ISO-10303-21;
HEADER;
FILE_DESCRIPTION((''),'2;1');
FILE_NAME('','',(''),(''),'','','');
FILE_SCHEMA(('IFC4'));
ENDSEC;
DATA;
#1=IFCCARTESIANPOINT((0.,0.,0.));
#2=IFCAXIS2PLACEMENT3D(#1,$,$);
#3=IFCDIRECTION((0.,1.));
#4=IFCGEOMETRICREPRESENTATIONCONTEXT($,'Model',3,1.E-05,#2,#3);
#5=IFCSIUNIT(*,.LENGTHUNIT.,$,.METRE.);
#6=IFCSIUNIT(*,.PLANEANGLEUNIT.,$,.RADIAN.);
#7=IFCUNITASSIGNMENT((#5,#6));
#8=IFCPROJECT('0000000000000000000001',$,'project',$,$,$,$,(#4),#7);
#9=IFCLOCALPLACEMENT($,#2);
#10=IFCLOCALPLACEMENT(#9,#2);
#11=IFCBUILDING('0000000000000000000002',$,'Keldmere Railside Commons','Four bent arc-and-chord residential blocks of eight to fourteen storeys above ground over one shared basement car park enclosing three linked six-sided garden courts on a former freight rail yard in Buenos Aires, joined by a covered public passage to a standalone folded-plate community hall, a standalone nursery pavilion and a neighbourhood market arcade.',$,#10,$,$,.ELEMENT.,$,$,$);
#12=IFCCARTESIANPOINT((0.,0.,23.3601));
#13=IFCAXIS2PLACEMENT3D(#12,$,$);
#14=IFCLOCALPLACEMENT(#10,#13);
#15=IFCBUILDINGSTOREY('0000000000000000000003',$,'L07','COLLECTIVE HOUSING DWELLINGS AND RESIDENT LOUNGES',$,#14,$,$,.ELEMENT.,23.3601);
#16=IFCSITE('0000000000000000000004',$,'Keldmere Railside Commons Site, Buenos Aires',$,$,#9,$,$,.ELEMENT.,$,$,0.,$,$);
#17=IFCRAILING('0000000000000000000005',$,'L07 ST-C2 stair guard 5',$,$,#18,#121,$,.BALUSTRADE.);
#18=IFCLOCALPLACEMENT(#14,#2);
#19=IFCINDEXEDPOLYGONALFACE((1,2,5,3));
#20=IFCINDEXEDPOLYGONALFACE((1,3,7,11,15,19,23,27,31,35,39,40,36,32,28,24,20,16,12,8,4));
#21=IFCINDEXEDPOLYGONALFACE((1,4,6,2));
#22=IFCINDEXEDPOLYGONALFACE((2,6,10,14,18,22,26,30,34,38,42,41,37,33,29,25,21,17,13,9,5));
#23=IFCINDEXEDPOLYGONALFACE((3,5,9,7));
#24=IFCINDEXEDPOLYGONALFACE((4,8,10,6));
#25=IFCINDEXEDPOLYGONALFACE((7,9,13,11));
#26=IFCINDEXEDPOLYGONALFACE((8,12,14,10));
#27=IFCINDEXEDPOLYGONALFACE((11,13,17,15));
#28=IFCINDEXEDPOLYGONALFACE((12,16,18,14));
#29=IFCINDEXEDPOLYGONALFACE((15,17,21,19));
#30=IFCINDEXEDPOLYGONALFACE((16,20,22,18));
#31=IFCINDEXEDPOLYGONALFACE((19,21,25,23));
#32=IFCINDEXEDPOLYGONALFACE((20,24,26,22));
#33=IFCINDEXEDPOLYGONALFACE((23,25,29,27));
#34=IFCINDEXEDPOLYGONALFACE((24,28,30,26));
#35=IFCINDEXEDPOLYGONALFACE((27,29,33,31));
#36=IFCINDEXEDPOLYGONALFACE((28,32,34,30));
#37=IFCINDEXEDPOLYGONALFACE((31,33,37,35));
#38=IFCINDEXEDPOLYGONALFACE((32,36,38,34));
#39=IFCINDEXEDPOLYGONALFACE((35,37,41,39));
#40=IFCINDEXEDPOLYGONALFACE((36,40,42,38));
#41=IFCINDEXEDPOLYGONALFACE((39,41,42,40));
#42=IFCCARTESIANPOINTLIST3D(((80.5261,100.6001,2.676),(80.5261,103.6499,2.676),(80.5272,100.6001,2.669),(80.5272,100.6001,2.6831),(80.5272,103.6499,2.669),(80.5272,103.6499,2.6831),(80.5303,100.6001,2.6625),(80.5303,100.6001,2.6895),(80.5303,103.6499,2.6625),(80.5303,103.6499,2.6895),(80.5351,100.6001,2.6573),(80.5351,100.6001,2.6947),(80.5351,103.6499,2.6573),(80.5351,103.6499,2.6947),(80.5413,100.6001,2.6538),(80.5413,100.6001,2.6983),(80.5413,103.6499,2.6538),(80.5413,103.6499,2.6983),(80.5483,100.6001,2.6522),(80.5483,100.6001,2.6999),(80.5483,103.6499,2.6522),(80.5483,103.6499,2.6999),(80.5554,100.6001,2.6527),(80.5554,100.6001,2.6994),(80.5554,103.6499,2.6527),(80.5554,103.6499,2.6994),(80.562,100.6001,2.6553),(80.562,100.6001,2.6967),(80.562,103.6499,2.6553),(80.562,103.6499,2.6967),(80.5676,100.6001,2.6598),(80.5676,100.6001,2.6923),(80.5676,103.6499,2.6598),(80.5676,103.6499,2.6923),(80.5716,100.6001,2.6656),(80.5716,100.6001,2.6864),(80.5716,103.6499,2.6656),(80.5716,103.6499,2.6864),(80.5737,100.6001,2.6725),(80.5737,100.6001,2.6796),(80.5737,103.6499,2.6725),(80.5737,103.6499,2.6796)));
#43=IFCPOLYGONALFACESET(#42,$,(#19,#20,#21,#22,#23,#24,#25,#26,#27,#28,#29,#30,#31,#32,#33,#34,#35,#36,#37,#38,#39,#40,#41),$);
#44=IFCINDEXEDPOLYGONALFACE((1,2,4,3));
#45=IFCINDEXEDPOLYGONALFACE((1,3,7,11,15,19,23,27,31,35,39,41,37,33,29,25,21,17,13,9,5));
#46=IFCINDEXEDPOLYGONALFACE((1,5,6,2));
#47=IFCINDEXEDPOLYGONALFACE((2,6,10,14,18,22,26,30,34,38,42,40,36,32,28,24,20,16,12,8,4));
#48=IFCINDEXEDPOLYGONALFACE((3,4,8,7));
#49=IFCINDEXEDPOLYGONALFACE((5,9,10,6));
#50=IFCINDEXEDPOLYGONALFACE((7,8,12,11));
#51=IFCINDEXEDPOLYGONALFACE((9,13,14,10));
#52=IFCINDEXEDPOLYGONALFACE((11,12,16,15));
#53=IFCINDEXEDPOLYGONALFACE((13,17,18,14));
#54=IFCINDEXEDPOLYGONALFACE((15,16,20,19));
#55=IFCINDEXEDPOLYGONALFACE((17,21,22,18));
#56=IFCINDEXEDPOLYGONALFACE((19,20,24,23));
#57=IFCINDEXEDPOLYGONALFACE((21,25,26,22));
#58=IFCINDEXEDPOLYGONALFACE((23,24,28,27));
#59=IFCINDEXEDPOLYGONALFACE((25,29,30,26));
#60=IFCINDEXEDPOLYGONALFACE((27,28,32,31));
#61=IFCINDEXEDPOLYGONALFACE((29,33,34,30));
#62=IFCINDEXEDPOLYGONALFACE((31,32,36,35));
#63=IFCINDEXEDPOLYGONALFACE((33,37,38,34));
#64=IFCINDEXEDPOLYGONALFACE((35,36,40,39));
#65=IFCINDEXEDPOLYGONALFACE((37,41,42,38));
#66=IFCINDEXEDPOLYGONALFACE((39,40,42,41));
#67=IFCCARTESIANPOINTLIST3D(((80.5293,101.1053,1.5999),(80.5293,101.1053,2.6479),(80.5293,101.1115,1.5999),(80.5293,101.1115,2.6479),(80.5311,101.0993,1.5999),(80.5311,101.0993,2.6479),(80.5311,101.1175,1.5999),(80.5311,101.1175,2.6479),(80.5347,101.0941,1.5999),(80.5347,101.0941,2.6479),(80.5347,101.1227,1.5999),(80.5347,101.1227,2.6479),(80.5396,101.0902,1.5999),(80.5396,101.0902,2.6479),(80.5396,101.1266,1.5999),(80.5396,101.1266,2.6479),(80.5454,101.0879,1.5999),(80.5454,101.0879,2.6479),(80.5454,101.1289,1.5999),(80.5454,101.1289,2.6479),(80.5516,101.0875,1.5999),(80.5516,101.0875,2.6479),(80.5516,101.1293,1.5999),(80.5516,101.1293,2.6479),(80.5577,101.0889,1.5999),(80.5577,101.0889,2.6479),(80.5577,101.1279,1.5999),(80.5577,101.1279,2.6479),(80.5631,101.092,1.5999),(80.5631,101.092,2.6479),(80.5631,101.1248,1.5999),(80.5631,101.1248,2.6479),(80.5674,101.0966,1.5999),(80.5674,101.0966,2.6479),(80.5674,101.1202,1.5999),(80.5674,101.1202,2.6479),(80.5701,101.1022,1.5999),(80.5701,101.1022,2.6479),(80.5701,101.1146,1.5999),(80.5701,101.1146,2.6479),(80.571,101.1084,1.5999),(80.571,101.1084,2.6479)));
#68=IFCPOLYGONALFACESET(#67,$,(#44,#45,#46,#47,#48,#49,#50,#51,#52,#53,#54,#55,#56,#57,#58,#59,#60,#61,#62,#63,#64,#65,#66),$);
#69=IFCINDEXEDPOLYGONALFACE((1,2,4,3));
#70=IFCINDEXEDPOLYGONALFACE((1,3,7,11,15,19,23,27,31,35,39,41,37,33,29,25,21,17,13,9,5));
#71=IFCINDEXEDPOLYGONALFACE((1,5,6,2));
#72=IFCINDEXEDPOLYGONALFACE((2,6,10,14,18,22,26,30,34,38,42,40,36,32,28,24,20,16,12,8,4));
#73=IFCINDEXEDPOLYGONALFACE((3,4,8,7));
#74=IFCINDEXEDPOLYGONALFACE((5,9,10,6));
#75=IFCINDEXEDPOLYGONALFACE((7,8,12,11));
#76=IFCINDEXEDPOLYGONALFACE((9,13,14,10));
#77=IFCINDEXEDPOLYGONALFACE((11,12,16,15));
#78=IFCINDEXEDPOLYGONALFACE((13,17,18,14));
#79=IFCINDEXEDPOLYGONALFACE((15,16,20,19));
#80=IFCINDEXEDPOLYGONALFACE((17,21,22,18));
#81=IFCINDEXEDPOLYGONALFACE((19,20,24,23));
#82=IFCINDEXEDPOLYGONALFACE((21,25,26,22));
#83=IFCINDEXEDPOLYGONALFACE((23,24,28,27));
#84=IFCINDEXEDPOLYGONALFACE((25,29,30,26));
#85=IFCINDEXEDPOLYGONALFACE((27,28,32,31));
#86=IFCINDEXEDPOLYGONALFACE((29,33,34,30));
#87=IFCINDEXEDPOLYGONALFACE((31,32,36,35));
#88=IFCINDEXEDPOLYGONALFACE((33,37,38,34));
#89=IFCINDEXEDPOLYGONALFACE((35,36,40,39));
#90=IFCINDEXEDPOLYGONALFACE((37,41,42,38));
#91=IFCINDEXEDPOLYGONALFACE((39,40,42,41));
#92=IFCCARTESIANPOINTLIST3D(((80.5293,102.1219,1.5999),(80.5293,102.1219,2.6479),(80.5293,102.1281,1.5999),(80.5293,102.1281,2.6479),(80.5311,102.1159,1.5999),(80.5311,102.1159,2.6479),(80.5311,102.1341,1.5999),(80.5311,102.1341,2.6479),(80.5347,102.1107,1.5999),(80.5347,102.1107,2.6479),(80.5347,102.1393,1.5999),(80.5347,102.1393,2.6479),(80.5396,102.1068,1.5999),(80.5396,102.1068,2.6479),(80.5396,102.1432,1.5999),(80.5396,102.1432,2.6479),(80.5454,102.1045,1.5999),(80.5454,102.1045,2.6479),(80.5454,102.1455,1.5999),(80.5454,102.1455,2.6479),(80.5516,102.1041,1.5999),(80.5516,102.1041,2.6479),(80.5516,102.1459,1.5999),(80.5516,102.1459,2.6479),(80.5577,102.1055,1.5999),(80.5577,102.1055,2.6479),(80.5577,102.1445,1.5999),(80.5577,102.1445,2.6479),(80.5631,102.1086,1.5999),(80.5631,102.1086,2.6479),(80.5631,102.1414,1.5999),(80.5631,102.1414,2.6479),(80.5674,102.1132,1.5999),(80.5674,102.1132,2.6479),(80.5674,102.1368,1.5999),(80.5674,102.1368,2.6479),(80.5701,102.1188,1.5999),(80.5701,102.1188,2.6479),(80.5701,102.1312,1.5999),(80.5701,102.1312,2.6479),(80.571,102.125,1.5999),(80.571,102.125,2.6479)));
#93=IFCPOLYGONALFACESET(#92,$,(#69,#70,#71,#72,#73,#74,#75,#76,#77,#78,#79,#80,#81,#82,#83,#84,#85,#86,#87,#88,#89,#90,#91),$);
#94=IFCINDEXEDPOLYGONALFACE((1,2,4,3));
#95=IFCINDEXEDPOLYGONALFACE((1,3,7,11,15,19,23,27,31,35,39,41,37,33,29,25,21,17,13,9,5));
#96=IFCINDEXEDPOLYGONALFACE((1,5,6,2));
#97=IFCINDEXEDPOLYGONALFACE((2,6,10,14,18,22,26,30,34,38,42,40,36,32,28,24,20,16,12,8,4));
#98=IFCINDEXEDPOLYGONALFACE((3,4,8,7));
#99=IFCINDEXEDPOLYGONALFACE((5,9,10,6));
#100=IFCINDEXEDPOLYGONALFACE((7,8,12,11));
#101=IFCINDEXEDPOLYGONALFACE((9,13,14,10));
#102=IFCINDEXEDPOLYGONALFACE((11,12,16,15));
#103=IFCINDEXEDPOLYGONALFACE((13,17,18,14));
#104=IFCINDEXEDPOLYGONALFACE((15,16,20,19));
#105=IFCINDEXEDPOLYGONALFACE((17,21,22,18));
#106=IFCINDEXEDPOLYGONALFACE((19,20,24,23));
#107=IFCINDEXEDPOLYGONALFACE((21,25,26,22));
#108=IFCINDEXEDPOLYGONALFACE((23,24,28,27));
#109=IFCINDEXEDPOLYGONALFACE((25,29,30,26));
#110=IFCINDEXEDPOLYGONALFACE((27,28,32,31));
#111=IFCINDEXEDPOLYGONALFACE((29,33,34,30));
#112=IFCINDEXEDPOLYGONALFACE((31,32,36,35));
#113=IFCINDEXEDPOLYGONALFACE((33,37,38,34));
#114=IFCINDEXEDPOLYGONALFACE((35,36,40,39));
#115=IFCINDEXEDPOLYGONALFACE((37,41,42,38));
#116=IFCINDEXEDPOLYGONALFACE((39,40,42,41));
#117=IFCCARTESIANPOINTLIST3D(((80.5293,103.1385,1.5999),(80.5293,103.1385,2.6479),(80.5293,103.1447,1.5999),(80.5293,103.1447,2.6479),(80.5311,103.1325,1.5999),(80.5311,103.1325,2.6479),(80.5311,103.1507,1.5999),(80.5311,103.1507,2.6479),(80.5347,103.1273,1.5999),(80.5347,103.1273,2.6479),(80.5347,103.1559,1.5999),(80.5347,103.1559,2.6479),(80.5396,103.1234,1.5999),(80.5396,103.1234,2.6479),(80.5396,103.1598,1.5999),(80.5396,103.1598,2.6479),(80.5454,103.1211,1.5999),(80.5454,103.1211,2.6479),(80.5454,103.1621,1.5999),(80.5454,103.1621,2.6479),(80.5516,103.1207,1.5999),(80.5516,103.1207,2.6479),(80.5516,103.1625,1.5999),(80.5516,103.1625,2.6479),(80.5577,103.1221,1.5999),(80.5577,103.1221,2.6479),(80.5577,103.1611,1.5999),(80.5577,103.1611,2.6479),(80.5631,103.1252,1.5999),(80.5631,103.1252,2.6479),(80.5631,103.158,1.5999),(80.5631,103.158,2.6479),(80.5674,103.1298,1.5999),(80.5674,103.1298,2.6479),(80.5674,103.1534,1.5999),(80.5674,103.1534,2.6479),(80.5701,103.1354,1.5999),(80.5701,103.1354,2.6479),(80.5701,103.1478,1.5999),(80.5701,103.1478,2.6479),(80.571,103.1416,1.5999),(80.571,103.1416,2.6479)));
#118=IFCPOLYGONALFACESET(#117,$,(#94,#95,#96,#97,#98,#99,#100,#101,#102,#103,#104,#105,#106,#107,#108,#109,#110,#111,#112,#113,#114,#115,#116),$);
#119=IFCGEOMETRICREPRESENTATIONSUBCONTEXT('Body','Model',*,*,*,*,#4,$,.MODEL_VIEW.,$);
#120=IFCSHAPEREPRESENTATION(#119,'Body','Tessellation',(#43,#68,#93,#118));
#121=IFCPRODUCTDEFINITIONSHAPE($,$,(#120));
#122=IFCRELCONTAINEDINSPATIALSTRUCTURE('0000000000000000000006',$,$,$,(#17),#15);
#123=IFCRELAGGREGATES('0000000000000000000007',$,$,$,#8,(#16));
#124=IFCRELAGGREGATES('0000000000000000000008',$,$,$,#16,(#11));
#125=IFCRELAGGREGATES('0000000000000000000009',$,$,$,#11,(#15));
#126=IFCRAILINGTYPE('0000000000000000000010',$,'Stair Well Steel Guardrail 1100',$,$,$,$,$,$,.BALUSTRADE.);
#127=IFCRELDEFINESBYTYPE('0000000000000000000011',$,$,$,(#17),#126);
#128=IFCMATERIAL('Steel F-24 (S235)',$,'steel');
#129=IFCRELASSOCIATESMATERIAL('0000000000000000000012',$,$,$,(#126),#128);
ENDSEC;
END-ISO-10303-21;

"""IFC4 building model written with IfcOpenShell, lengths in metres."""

from ifc_helpers import new_model, si_unit, direction, frame, origin, origin_2d, place, context, subcontext, project, spatial, circle, extrude, material, type_object, element, save


model = new_model("IFC4")

# Units and contexts
model_context = context("Model", 3, precision=1e-05, world=origin(), true_north=direction((0.0, 1.0)))
body_context = subcontext(model_context, "Body", "Model", "MODEL_VIEW")
ifc_project = project(units=[si_unit("LENGTHUNIT", "METRE"), si_unit("PLANEANGLEUNIT", "RADIAN")], contexts=[model_context])

# Site, building, storey
site_placement = place(None, origin())
site = spatial("IfcSite", under=ifc_project, at=site_placement, Name="Keldmere Railside Commons Site, Buenos Aires", CompositionType="ELEMENT", RefElevation=0.0)
building_placement = place(site_placement, origin())
building = spatial("IfcBuilding", under=site, at=building_placement, Name="Keldmere Railside Commons", Description="Four bent arc-and-chord residential blocks of eight to fourteen storeys above ground over one shared basement car park enclosing three linked six-sided garden courts on a former freight rail yard in Buenos Aires, joined by a covered public passage to a standalone folded-plate community hall, a standalone nursery pavilion and a neighbourhood market arcade.", CompositionType="ELEMENT")
storey_placement = place(building_placement, frame((0.0, 0.0, 23.3601)))
storey = spatial("IfcBuildingStorey", under=building, at=storey_placement, Name="L07", Description="COLLECTIVE HOUSING DWELLINGS AND RESIDENT LOUNGES", CompositionType="ELEMENT", Elevation=23.3601)

# Shared definitions
ifc_material_1 = material(Name="Steel F-24 (S235)", Category="steel")

# Railing
railing_type_1 = type_object("IfcRailingType", Name="Stair Well Steel Guardrail 1100", PredefinedType="BALUSTRADE", material=ifc_material_1)
railing_1_placement = place(storey_placement, frame((80.55, 100.6001, 1.5999)))
element("IfcRailing", 1, at=railing_1_placement, inside=storey, type_object=railing_type_1, Name="L07 ST-C2 stair guard 5", PredefinedType="BALUSTRADE", context=body_context, shape_type="SweptSolid", body=[
    extrude(circle(Radius=0.0239, at=origin_2d()), frame((0.0, 0.0, 1.0762), z_axis=(0.0, 1.0, 0.0), x_axis=(-1.0, 0.0, 0.0)), (0.0, 0.0, 1.0), 3.0498),
    extrude(circle(Radius=0.021, at=origin_2d()), frame((0.0, 0.5083, 0.0)), (0.0, 0.0, 1.0), 1.0481),
    extrude(circle(Radius=0.021, at=origin_2d()), frame((0.0, 1.5249, 0.0)), (0.0, 0.0, 1.0), 1.0481),
    extrude(circle(Radius=0.021, at=origin_2d()), frame((0.0, 2.5415, 0.0)), (0.0, 0.0, 1.0), 1.0481),
])

save(model, "model.ifc")
